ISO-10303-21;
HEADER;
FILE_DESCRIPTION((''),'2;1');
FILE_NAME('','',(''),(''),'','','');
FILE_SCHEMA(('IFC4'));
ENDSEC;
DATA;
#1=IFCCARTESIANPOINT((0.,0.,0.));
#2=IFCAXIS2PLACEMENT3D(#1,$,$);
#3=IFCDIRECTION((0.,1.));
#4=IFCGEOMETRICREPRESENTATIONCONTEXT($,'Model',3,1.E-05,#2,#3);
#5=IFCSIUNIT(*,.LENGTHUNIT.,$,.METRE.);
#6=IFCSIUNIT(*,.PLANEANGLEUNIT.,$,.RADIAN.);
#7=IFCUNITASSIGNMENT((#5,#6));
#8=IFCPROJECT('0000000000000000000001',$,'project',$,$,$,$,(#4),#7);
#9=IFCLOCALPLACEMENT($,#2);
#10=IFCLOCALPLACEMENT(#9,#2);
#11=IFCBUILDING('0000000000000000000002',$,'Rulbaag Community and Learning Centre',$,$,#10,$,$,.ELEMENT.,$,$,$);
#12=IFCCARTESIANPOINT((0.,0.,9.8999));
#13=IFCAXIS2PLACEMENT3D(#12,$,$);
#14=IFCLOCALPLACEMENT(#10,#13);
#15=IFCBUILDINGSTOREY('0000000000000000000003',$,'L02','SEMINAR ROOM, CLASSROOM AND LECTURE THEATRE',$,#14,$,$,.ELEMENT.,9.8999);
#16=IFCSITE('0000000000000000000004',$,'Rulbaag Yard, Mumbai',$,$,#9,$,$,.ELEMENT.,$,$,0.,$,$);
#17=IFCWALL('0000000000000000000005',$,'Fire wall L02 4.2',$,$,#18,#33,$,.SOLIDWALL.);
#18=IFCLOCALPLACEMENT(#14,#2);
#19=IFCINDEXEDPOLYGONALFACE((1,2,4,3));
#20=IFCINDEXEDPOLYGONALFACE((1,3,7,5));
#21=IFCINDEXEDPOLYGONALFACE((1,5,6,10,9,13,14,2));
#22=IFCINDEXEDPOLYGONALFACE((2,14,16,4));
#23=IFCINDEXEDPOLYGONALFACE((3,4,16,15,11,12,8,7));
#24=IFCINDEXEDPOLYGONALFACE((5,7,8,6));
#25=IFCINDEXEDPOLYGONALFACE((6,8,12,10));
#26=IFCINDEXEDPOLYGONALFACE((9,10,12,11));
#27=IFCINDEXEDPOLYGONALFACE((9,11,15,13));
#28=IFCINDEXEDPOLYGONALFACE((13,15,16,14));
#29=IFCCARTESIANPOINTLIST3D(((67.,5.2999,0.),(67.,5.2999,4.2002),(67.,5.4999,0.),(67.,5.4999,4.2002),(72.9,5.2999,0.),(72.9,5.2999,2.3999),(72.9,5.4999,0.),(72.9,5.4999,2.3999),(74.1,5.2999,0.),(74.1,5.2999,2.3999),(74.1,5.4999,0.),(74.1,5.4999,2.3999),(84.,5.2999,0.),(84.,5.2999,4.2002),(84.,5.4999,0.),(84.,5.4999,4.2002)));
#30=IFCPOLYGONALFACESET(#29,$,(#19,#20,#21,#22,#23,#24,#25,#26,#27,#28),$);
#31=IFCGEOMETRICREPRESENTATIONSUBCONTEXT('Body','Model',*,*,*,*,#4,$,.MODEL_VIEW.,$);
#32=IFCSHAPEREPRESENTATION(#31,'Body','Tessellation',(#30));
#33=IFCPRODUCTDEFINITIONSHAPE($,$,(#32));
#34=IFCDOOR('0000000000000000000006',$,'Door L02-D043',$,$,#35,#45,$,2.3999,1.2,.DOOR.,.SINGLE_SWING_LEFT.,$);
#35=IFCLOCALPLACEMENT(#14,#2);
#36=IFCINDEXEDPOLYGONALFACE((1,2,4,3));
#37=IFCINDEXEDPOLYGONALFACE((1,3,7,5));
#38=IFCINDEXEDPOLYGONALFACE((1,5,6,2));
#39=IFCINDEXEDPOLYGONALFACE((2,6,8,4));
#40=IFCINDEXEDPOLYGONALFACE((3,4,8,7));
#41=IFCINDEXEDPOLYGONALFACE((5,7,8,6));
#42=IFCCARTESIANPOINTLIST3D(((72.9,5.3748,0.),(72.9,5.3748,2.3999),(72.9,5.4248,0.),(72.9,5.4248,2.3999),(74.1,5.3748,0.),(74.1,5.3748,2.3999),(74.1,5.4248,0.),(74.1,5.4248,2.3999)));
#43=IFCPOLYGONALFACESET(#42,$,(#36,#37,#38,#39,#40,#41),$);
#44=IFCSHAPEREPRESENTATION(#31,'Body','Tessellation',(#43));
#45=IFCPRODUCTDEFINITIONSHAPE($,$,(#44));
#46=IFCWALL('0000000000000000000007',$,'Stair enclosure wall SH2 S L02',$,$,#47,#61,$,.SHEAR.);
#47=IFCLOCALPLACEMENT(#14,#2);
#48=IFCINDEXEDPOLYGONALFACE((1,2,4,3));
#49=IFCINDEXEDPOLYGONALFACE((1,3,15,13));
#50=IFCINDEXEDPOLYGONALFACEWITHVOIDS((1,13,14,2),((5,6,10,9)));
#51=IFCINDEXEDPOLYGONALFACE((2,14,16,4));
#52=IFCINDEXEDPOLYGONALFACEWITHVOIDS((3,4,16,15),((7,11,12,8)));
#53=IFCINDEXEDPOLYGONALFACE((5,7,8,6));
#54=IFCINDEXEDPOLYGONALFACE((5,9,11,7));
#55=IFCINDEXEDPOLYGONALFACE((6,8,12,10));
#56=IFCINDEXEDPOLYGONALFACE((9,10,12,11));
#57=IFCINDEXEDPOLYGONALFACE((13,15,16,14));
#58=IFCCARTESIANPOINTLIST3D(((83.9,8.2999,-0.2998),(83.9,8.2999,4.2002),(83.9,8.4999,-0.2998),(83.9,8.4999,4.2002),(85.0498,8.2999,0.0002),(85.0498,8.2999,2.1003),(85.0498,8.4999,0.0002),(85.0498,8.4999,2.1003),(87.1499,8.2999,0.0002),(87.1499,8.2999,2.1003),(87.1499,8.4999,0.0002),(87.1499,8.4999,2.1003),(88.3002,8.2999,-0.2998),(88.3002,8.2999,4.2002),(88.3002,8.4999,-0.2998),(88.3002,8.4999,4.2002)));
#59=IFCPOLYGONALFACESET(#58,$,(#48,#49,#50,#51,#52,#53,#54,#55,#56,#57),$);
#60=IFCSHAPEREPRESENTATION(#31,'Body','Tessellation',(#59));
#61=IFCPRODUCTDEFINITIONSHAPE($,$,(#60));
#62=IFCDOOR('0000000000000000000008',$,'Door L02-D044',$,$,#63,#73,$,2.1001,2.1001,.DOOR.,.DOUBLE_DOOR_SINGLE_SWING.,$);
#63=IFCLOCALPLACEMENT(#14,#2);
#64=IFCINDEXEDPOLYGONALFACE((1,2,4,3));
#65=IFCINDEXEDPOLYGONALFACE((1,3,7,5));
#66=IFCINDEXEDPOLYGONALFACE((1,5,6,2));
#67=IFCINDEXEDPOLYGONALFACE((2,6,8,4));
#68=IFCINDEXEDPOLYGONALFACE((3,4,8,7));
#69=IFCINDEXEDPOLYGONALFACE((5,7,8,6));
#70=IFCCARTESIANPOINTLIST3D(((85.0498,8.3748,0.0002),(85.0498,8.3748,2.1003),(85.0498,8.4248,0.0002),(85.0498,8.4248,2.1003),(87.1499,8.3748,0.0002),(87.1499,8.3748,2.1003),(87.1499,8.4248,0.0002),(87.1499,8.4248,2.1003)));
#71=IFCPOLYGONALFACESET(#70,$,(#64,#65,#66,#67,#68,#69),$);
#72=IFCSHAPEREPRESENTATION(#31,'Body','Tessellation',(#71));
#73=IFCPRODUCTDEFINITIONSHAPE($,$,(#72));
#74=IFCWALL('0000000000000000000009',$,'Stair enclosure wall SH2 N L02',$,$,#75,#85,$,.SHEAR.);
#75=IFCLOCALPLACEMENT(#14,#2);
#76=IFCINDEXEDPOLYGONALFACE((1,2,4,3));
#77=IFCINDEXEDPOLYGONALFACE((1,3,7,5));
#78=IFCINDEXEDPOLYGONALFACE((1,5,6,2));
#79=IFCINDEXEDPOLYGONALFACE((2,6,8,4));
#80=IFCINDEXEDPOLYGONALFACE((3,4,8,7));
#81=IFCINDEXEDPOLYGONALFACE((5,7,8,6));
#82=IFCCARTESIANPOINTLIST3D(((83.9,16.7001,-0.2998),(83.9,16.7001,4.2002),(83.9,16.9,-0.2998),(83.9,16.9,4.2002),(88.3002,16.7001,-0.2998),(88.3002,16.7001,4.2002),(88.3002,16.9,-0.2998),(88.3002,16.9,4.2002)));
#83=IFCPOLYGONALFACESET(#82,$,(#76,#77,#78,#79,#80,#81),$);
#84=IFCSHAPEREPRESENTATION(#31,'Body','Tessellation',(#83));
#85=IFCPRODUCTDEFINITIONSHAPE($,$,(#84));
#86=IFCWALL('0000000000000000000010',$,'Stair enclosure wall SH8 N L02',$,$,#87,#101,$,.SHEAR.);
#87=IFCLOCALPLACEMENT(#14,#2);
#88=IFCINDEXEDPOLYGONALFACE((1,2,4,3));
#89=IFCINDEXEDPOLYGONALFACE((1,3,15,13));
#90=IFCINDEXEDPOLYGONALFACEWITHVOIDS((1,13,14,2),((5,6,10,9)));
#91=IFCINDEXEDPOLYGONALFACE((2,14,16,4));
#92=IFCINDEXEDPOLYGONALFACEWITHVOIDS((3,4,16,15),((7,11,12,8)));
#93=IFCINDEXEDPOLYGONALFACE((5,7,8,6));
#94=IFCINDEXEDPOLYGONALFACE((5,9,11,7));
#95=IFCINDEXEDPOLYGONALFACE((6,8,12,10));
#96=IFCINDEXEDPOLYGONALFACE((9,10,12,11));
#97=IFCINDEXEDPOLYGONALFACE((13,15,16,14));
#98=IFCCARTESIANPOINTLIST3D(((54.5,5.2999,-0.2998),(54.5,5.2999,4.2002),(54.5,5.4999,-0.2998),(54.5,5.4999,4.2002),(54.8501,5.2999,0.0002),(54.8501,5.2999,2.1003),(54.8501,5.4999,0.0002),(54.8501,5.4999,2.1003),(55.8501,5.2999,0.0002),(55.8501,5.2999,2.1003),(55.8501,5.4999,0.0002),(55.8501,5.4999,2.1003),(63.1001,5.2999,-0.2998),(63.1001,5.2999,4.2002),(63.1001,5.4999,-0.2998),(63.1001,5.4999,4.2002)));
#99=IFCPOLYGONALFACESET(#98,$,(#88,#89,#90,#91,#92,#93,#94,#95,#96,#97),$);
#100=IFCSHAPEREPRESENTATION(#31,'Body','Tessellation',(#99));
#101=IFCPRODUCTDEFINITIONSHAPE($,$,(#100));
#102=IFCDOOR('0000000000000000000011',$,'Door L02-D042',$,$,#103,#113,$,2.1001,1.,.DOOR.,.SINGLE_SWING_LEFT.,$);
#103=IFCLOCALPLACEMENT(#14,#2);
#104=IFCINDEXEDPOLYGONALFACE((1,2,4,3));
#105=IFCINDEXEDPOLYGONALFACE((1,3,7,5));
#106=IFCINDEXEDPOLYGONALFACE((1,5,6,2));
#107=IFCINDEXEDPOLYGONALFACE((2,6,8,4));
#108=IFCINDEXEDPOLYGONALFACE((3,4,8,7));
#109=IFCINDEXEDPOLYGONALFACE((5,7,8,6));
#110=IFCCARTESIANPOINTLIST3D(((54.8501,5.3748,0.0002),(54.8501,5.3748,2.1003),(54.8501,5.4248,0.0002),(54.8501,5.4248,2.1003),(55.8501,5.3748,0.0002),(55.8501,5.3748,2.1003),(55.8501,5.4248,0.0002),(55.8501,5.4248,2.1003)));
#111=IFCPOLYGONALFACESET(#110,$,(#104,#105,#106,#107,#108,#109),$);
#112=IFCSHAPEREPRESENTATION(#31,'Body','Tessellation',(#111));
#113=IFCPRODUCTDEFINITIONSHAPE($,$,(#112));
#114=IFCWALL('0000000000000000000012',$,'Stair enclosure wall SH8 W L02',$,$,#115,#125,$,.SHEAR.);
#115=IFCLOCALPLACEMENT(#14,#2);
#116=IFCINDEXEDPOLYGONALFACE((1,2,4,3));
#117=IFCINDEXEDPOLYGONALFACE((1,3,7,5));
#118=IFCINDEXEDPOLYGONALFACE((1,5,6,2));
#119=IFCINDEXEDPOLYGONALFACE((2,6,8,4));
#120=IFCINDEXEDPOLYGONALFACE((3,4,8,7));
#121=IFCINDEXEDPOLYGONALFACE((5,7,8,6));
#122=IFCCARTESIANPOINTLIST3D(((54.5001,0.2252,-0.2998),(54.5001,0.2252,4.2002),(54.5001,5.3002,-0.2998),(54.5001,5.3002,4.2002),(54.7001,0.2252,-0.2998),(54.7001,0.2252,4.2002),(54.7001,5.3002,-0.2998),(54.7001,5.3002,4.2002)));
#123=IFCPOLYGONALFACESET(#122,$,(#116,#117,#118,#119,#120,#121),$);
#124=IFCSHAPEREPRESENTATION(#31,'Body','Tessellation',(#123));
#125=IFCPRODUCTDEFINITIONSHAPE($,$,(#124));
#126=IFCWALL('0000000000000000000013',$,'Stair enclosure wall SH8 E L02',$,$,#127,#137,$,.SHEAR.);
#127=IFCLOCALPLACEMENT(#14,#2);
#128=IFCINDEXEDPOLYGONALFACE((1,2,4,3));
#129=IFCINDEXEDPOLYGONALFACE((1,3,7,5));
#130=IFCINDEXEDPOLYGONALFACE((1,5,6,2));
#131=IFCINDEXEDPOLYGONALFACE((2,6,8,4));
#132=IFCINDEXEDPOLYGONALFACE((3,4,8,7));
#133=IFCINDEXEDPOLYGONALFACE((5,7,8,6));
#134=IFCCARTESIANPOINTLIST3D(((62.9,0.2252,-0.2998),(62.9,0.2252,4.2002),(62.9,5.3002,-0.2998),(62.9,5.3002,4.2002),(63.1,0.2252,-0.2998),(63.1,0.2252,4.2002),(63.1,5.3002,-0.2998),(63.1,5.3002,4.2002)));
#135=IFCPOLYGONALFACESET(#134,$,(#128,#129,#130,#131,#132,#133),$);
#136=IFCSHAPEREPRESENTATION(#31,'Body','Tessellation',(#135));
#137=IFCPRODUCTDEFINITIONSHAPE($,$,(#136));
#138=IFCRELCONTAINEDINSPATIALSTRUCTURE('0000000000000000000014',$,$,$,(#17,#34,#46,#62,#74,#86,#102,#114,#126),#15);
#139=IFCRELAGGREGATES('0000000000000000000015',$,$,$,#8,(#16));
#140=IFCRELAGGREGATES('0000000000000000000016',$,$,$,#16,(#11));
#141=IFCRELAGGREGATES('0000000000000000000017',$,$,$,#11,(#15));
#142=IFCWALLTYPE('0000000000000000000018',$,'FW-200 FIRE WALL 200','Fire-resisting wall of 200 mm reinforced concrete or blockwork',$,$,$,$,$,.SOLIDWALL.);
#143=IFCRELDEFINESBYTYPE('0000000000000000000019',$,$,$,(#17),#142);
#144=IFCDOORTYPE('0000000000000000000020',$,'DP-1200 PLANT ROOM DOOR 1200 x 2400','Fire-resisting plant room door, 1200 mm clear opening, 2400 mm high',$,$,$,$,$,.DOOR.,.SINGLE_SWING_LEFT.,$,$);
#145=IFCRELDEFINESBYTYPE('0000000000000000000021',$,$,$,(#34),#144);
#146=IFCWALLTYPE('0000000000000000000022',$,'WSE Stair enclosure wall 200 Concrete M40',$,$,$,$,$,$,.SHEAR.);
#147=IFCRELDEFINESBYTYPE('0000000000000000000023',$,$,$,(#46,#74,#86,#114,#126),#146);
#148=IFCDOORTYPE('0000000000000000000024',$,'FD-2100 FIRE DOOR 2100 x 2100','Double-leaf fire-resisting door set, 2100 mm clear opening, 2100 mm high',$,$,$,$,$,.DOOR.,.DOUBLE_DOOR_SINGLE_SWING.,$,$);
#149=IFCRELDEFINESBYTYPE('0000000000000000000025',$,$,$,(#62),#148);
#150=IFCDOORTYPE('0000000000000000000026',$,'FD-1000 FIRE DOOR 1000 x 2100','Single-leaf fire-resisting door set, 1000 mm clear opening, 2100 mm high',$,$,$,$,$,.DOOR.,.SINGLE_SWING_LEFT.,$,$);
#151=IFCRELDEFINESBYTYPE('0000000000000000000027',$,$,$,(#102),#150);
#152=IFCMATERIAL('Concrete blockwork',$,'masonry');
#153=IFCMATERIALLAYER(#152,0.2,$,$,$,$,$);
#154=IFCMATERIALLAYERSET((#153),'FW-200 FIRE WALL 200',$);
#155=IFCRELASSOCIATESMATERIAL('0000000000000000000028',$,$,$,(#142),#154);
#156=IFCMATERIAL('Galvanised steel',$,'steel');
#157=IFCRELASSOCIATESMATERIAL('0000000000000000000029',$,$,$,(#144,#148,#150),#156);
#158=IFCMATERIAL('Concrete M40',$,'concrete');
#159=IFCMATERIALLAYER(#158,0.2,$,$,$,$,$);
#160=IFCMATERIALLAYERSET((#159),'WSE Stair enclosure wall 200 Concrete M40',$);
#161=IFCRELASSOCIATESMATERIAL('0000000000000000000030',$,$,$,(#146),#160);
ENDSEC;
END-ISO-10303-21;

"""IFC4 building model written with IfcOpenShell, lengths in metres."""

from ifc_helpers import new_model, si_unit, direction, frame, frame_2d, origin, place, context, subcontext, project, spatial, rectangle, extrude, material, layer, layer_set, type_object, element, fill, save


model = new_model("IFC4")

# Units and contexts
model_context = context("Model", 3, precision=1e-05, world=origin(), true_north=direction((0.0, 1.0)))
body_context = subcontext(model_context, "Body", "Model", "MODEL_VIEW")
ifc_project = project(units=[si_unit("LENGTHUNIT", "METRE"), si_unit("PLANEANGLEUNIT", "RADIAN")], contexts=[model_context])

# Site, building, storey
site_placement = place(None, origin())
site = spatial("IfcSite", under=ifc_project, at=site_placement, Name="Rulbaag Yard, Mumbai", CompositionType="ELEMENT", RefElevation=0.0)
building_placement = place(site_placement, origin())
building = spatial("IfcBuilding", under=site, at=building_placement, Name="Rulbaag Community and Learning Centre", CompositionType="ELEMENT")
storey_placement = place(building_placement, frame((0.0, 0.0, 9.8999)))
storey = spatial("IfcBuildingStorey", under=building, at=storey_placement, Name="L02", Description="SEMINAR ROOM, CLASSROOM AND LECTURE THEATRE", CompositionType="ELEMENT", Elevation=9.8999)

# Shared definitions
ifc_material_1 = material(Name="Concrete M40", Category="concrete")

# Shared definitions
ifc_material_2 = material(Name="Concrete blockwork", Category="masonry")
ifc_layer_1 = layer(ifc_material_2, 0.2)
ifc_layer_set_1 = layer_set([ifc_layer_1], Name="FW-200 FIRE WALL 200")
wall_type_1 = type_object("IfcWallType", Name="FW-200 FIRE WALL 200", Description="Fire-resisting wall of 200 mm reinforced concrete or blockwork", PredefinedType="SOLIDWALL", material=ifc_layer_set_1)

# Walls, openings, doors
wall_1_placement = place(storey_placement, frame((67.0, 5.3999, 0.0), z_axis=(0.0, 0.0, 1.0), x_axis=(1.0, 0.0, 0.0)))
wall_1 = element("IfcWall", 1, at=wall_1_placement, inside=storey, type_object=wall_type_1, Name="Fire wall L02 4.2", PredefinedType="SOLIDWALL", context=body_context, shape_type="SweptSolid", body=[
    extrude(rectangle(XDim=17.0, YDim=0.2, at=frame_2d((8.5, 0.0))), origin(), (0.0, 0.0, 1.0), 4.2002),
])
opening_1_placement = place(wall_1_placement, frame((5.8999, 0.0, 0.0)))
opening_1 = element("IfcOpeningElement", 2, at=opening_1_placement, cuts=wall_1, PredefinedType="OPENING", context=body_context, shape_type="SweptSolid", body=[
    extrude(rectangle(XDim=1.2, YDim=2.3999, at=frame_2d((0.6001, 1.2))), frame((0.0, 0.1099, 0.0), z_axis=(0.0, -1.0, 0.0), x_axis=(1.0, 0.0, 0.0)), (0.0, 0.0, 1.0), 0.22),
])
ifc_material_3 = material(Name="Galvanised steel", Category="steel")
door_type_1 = type_object("IfcDoorType", Name="DP-1200 PLANT ROOM DOOR 1200 x 2400", Description="Fire-resisting plant room door, 1200 mm clear opening, 2400 mm high", OperationType="SINGLE_SWING_LEFT", PredefinedType="DOOR", material=ifc_material_3)
door_1_placement = place(opening_1_placement, origin())
door_1 = element("IfcDoor", 3, at=door_1_placement, inside=storey, type_object=door_type_1, Name="Door L02-D043", OperationType="SINGLE_SWING_LEFT", OverallHeight=2.3999, OverallWidth=1.2, PredefinedType="DOOR", context=body_context, shape_type="SweptSolid", body=[
    extrude(rectangle(XDim=1.2, YDim=2.3999, at=frame_2d((0.6001, 1.2))), frame((0.0, 0.0249, 0.0), z_axis=(0.0, -1.0, 0.0), x_axis=(1.0, 0.0, 0.0)), (0.0, 0.0, 1.0), 0.05),
])
fill(opening_1, door_1)
ifc_layer_2 = layer(ifc_material_1, 0.2)
ifc_layer_set_2 = layer_set([ifc_layer_2], Name="WSE Stair enclosure wall 200 Concrete M40")
wall_type_2 = type_object("IfcWallType", Name="WSE Stair enclosure wall 200 Concrete M40", PredefinedType="SHEAR", material=ifc_layer_set_2)
wall_2_placement = place(storey_placement, frame((83.8999, 8.3999, -0.2998), z_axis=(0.0, 0.0, 1.0), x_axis=(1.0, 0.0, 0.0)))
wall_2 = element("IfcWall", 4, at=wall_2_placement, inside=storey, type_object=wall_type_2, Name="Stair enclosure wall SH2 S L02", PredefinedType="SHEAR", context=body_context, shape_type="SweptSolid", body=[
    extrude(rectangle(XDim=4.4001, YDim=0.2, at=frame_2d((2.2002, 0.0))), origin(), (0.0, 0.0, 1.0), 4.5),
])
opening_2_placement = place(wall_2_placement, frame((1.1499, 0.0, 0.3)))
opening_2 = element("IfcOpeningElement", 5, at=opening_2_placement, cuts=wall_2, PredefinedType="OPENING", context=body_context, shape_type="SweptSolid", body=[
    extrude(rectangle(XDim=2.1001, YDim=2.1001, at=frame_2d((1.05, 1.05))), frame((0.0, 0.1099, 0.0), z_axis=(0.0, -1.0, 0.0), x_axis=(1.0, 0.0, 0.0)), (0.0, 0.0, 1.0), 0.22),
])
door_type_2 = type_object("IfcDoorType", Name="FD-2100 FIRE DOOR 2100 x 2100", Description="Double-leaf fire-resisting door set, 2100 mm clear opening, 2100 mm high", OperationType="DOUBLE_DOOR_SINGLE_SWING", PredefinedType="DOOR", material=ifc_material_3)
door_2_placement = place(opening_2_placement, origin())
door_2 = element("IfcDoor", 6, at=door_2_placement, inside=storey, type_object=door_type_2, Name="Door L02-D044", OperationType="DOUBLE_DOOR_SINGLE_SWING", OverallHeight=2.1001, OverallWidth=2.1001, PredefinedType="DOOR", context=body_context, shape_type="SweptSolid", body=[
    extrude(rectangle(XDim=2.1001, YDim=2.1001, at=frame_2d((1.05, 1.05))), frame((0.0, 0.0249, 0.0), z_axis=(0.0, -1.0, 0.0), x_axis=(1.0, 0.0, 0.0)), (0.0, 0.0, 1.0), 0.05),
])
fill(opening_2, door_2)

# Wall
wall_3_placement = place(storey_placement, frame((83.8999, 16.8, -0.2998), z_axis=(0.0, 0.0, 1.0), x_axis=(1.0, 0.0, 0.0)))
element("IfcWall", 7, at=wall_3_placement, inside=storey, type_object=wall_type_2, Name="Stair enclosure wall SH2 N L02", PredefinedType="SHEAR", context=body_context, shape_type="SweptSolid", body=[
    extrude(rectangle(XDim=4.4001, YDim=0.2, at=frame_2d((2.2002, 0.0))), origin(), (0.0, 0.0, 1.0), 4.5),
])

# Wall, opening, door
wall_4_placement = place(storey_placement, frame((54.5, 5.3999, -0.2998), z_axis=(0.0, 0.0, 1.0), x_axis=(1.0, 0.0, 0.0)))
wall_4 = element("IfcWall", 8, at=wall_4_placement, inside=storey, type_object=wall_type_2, Name="Stair enclosure wall SH8 N L02", PredefinedType="SHEAR", context=body_context, shape_type="SweptSolid", body=[
    extrude(rectangle(XDim=8.6001, YDim=0.2, at=frame_2d((4.3, 0.0))), origin(), (0.0, 0.0, 1.0), 4.5),
])
opening_3_placement = place(wall_4_placement, frame((0.3501, 0.0, 0.3)))
opening_3 = element("IfcOpeningElement", 9, at=opening_3_placement, cuts=wall_4, PredefinedType="OPENING", context=body_context, shape_type="SweptSolid", body=[
    extrude(rectangle(XDim=1.0, YDim=2.1001, at=frame_2d((0.5, 1.05))), frame((0.0, 0.1099, 0.0), z_axis=(0.0, -1.0, 0.0), x_axis=(1.0, 0.0, 0.0)), (0.0, 0.0, 1.0), 0.22),
])
door_type_3 = type_object("IfcDoorType", Name="FD-1000 FIRE DOOR 1000 x 2100", Description="Single-leaf fire-resisting door set, 1000 mm clear opening, 2100 mm high", OperationType="SINGLE_SWING_LEFT", PredefinedType="DOOR", material=ifc_material_3)
door_3_placement = place(opening_3_placement, origin())
door_3 = element("IfcDoor", 10, at=door_3_placement, inside=storey, type_object=door_type_3, Name="Door L02-D042", OperationType="SINGLE_SWING_LEFT", OverallHeight=2.1001, OverallWidth=1.0, PredefinedType="DOOR", context=body_context, shape_type="SweptSolid", body=[
    extrude(rectangle(XDim=1.0, YDim=2.1001, at=frame_2d((0.5, 1.05))), frame((0.0, 0.0249, 0.0), z_axis=(0.0, -1.0, 0.0), x_axis=(1.0, 0.0, 0.0)), (0.0, 0.0, 1.0), 0.05),
])
fill(opening_3, door_3)

# Walls
for number, where, z_axis, x_axis, name in (
    (11, (54.6001, 0.2251, -0.2998), (0.0, 0.0, 1.0), (0.0, 1.0, 0.0), "Stair enclosure wall SH8 W L02"),
    (12, (63.0, 0.2251, -0.2998), (0.0, 0.0, 1.0), (0.0, 1.0, 0.0), "Stair enclosure wall SH8 E L02"),
):
    element("IfcWall", number, at=place(storey_placement, frame(where, z_axis=z_axis, x_axis=x_axis)), inside=storey, type_object=wall_type_2, Name=name, PredefinedType="SHEAR", context=body_context, shape_type="SweptSolid", body=[
        extrude(rectangle(XDim=5.075, YDim=0.2, at=frame_2d((2.5376, 0.0))), origin(), (0.0, 0.0, 1.0), 4.5),
    ])

save(model, "model.ifc")
